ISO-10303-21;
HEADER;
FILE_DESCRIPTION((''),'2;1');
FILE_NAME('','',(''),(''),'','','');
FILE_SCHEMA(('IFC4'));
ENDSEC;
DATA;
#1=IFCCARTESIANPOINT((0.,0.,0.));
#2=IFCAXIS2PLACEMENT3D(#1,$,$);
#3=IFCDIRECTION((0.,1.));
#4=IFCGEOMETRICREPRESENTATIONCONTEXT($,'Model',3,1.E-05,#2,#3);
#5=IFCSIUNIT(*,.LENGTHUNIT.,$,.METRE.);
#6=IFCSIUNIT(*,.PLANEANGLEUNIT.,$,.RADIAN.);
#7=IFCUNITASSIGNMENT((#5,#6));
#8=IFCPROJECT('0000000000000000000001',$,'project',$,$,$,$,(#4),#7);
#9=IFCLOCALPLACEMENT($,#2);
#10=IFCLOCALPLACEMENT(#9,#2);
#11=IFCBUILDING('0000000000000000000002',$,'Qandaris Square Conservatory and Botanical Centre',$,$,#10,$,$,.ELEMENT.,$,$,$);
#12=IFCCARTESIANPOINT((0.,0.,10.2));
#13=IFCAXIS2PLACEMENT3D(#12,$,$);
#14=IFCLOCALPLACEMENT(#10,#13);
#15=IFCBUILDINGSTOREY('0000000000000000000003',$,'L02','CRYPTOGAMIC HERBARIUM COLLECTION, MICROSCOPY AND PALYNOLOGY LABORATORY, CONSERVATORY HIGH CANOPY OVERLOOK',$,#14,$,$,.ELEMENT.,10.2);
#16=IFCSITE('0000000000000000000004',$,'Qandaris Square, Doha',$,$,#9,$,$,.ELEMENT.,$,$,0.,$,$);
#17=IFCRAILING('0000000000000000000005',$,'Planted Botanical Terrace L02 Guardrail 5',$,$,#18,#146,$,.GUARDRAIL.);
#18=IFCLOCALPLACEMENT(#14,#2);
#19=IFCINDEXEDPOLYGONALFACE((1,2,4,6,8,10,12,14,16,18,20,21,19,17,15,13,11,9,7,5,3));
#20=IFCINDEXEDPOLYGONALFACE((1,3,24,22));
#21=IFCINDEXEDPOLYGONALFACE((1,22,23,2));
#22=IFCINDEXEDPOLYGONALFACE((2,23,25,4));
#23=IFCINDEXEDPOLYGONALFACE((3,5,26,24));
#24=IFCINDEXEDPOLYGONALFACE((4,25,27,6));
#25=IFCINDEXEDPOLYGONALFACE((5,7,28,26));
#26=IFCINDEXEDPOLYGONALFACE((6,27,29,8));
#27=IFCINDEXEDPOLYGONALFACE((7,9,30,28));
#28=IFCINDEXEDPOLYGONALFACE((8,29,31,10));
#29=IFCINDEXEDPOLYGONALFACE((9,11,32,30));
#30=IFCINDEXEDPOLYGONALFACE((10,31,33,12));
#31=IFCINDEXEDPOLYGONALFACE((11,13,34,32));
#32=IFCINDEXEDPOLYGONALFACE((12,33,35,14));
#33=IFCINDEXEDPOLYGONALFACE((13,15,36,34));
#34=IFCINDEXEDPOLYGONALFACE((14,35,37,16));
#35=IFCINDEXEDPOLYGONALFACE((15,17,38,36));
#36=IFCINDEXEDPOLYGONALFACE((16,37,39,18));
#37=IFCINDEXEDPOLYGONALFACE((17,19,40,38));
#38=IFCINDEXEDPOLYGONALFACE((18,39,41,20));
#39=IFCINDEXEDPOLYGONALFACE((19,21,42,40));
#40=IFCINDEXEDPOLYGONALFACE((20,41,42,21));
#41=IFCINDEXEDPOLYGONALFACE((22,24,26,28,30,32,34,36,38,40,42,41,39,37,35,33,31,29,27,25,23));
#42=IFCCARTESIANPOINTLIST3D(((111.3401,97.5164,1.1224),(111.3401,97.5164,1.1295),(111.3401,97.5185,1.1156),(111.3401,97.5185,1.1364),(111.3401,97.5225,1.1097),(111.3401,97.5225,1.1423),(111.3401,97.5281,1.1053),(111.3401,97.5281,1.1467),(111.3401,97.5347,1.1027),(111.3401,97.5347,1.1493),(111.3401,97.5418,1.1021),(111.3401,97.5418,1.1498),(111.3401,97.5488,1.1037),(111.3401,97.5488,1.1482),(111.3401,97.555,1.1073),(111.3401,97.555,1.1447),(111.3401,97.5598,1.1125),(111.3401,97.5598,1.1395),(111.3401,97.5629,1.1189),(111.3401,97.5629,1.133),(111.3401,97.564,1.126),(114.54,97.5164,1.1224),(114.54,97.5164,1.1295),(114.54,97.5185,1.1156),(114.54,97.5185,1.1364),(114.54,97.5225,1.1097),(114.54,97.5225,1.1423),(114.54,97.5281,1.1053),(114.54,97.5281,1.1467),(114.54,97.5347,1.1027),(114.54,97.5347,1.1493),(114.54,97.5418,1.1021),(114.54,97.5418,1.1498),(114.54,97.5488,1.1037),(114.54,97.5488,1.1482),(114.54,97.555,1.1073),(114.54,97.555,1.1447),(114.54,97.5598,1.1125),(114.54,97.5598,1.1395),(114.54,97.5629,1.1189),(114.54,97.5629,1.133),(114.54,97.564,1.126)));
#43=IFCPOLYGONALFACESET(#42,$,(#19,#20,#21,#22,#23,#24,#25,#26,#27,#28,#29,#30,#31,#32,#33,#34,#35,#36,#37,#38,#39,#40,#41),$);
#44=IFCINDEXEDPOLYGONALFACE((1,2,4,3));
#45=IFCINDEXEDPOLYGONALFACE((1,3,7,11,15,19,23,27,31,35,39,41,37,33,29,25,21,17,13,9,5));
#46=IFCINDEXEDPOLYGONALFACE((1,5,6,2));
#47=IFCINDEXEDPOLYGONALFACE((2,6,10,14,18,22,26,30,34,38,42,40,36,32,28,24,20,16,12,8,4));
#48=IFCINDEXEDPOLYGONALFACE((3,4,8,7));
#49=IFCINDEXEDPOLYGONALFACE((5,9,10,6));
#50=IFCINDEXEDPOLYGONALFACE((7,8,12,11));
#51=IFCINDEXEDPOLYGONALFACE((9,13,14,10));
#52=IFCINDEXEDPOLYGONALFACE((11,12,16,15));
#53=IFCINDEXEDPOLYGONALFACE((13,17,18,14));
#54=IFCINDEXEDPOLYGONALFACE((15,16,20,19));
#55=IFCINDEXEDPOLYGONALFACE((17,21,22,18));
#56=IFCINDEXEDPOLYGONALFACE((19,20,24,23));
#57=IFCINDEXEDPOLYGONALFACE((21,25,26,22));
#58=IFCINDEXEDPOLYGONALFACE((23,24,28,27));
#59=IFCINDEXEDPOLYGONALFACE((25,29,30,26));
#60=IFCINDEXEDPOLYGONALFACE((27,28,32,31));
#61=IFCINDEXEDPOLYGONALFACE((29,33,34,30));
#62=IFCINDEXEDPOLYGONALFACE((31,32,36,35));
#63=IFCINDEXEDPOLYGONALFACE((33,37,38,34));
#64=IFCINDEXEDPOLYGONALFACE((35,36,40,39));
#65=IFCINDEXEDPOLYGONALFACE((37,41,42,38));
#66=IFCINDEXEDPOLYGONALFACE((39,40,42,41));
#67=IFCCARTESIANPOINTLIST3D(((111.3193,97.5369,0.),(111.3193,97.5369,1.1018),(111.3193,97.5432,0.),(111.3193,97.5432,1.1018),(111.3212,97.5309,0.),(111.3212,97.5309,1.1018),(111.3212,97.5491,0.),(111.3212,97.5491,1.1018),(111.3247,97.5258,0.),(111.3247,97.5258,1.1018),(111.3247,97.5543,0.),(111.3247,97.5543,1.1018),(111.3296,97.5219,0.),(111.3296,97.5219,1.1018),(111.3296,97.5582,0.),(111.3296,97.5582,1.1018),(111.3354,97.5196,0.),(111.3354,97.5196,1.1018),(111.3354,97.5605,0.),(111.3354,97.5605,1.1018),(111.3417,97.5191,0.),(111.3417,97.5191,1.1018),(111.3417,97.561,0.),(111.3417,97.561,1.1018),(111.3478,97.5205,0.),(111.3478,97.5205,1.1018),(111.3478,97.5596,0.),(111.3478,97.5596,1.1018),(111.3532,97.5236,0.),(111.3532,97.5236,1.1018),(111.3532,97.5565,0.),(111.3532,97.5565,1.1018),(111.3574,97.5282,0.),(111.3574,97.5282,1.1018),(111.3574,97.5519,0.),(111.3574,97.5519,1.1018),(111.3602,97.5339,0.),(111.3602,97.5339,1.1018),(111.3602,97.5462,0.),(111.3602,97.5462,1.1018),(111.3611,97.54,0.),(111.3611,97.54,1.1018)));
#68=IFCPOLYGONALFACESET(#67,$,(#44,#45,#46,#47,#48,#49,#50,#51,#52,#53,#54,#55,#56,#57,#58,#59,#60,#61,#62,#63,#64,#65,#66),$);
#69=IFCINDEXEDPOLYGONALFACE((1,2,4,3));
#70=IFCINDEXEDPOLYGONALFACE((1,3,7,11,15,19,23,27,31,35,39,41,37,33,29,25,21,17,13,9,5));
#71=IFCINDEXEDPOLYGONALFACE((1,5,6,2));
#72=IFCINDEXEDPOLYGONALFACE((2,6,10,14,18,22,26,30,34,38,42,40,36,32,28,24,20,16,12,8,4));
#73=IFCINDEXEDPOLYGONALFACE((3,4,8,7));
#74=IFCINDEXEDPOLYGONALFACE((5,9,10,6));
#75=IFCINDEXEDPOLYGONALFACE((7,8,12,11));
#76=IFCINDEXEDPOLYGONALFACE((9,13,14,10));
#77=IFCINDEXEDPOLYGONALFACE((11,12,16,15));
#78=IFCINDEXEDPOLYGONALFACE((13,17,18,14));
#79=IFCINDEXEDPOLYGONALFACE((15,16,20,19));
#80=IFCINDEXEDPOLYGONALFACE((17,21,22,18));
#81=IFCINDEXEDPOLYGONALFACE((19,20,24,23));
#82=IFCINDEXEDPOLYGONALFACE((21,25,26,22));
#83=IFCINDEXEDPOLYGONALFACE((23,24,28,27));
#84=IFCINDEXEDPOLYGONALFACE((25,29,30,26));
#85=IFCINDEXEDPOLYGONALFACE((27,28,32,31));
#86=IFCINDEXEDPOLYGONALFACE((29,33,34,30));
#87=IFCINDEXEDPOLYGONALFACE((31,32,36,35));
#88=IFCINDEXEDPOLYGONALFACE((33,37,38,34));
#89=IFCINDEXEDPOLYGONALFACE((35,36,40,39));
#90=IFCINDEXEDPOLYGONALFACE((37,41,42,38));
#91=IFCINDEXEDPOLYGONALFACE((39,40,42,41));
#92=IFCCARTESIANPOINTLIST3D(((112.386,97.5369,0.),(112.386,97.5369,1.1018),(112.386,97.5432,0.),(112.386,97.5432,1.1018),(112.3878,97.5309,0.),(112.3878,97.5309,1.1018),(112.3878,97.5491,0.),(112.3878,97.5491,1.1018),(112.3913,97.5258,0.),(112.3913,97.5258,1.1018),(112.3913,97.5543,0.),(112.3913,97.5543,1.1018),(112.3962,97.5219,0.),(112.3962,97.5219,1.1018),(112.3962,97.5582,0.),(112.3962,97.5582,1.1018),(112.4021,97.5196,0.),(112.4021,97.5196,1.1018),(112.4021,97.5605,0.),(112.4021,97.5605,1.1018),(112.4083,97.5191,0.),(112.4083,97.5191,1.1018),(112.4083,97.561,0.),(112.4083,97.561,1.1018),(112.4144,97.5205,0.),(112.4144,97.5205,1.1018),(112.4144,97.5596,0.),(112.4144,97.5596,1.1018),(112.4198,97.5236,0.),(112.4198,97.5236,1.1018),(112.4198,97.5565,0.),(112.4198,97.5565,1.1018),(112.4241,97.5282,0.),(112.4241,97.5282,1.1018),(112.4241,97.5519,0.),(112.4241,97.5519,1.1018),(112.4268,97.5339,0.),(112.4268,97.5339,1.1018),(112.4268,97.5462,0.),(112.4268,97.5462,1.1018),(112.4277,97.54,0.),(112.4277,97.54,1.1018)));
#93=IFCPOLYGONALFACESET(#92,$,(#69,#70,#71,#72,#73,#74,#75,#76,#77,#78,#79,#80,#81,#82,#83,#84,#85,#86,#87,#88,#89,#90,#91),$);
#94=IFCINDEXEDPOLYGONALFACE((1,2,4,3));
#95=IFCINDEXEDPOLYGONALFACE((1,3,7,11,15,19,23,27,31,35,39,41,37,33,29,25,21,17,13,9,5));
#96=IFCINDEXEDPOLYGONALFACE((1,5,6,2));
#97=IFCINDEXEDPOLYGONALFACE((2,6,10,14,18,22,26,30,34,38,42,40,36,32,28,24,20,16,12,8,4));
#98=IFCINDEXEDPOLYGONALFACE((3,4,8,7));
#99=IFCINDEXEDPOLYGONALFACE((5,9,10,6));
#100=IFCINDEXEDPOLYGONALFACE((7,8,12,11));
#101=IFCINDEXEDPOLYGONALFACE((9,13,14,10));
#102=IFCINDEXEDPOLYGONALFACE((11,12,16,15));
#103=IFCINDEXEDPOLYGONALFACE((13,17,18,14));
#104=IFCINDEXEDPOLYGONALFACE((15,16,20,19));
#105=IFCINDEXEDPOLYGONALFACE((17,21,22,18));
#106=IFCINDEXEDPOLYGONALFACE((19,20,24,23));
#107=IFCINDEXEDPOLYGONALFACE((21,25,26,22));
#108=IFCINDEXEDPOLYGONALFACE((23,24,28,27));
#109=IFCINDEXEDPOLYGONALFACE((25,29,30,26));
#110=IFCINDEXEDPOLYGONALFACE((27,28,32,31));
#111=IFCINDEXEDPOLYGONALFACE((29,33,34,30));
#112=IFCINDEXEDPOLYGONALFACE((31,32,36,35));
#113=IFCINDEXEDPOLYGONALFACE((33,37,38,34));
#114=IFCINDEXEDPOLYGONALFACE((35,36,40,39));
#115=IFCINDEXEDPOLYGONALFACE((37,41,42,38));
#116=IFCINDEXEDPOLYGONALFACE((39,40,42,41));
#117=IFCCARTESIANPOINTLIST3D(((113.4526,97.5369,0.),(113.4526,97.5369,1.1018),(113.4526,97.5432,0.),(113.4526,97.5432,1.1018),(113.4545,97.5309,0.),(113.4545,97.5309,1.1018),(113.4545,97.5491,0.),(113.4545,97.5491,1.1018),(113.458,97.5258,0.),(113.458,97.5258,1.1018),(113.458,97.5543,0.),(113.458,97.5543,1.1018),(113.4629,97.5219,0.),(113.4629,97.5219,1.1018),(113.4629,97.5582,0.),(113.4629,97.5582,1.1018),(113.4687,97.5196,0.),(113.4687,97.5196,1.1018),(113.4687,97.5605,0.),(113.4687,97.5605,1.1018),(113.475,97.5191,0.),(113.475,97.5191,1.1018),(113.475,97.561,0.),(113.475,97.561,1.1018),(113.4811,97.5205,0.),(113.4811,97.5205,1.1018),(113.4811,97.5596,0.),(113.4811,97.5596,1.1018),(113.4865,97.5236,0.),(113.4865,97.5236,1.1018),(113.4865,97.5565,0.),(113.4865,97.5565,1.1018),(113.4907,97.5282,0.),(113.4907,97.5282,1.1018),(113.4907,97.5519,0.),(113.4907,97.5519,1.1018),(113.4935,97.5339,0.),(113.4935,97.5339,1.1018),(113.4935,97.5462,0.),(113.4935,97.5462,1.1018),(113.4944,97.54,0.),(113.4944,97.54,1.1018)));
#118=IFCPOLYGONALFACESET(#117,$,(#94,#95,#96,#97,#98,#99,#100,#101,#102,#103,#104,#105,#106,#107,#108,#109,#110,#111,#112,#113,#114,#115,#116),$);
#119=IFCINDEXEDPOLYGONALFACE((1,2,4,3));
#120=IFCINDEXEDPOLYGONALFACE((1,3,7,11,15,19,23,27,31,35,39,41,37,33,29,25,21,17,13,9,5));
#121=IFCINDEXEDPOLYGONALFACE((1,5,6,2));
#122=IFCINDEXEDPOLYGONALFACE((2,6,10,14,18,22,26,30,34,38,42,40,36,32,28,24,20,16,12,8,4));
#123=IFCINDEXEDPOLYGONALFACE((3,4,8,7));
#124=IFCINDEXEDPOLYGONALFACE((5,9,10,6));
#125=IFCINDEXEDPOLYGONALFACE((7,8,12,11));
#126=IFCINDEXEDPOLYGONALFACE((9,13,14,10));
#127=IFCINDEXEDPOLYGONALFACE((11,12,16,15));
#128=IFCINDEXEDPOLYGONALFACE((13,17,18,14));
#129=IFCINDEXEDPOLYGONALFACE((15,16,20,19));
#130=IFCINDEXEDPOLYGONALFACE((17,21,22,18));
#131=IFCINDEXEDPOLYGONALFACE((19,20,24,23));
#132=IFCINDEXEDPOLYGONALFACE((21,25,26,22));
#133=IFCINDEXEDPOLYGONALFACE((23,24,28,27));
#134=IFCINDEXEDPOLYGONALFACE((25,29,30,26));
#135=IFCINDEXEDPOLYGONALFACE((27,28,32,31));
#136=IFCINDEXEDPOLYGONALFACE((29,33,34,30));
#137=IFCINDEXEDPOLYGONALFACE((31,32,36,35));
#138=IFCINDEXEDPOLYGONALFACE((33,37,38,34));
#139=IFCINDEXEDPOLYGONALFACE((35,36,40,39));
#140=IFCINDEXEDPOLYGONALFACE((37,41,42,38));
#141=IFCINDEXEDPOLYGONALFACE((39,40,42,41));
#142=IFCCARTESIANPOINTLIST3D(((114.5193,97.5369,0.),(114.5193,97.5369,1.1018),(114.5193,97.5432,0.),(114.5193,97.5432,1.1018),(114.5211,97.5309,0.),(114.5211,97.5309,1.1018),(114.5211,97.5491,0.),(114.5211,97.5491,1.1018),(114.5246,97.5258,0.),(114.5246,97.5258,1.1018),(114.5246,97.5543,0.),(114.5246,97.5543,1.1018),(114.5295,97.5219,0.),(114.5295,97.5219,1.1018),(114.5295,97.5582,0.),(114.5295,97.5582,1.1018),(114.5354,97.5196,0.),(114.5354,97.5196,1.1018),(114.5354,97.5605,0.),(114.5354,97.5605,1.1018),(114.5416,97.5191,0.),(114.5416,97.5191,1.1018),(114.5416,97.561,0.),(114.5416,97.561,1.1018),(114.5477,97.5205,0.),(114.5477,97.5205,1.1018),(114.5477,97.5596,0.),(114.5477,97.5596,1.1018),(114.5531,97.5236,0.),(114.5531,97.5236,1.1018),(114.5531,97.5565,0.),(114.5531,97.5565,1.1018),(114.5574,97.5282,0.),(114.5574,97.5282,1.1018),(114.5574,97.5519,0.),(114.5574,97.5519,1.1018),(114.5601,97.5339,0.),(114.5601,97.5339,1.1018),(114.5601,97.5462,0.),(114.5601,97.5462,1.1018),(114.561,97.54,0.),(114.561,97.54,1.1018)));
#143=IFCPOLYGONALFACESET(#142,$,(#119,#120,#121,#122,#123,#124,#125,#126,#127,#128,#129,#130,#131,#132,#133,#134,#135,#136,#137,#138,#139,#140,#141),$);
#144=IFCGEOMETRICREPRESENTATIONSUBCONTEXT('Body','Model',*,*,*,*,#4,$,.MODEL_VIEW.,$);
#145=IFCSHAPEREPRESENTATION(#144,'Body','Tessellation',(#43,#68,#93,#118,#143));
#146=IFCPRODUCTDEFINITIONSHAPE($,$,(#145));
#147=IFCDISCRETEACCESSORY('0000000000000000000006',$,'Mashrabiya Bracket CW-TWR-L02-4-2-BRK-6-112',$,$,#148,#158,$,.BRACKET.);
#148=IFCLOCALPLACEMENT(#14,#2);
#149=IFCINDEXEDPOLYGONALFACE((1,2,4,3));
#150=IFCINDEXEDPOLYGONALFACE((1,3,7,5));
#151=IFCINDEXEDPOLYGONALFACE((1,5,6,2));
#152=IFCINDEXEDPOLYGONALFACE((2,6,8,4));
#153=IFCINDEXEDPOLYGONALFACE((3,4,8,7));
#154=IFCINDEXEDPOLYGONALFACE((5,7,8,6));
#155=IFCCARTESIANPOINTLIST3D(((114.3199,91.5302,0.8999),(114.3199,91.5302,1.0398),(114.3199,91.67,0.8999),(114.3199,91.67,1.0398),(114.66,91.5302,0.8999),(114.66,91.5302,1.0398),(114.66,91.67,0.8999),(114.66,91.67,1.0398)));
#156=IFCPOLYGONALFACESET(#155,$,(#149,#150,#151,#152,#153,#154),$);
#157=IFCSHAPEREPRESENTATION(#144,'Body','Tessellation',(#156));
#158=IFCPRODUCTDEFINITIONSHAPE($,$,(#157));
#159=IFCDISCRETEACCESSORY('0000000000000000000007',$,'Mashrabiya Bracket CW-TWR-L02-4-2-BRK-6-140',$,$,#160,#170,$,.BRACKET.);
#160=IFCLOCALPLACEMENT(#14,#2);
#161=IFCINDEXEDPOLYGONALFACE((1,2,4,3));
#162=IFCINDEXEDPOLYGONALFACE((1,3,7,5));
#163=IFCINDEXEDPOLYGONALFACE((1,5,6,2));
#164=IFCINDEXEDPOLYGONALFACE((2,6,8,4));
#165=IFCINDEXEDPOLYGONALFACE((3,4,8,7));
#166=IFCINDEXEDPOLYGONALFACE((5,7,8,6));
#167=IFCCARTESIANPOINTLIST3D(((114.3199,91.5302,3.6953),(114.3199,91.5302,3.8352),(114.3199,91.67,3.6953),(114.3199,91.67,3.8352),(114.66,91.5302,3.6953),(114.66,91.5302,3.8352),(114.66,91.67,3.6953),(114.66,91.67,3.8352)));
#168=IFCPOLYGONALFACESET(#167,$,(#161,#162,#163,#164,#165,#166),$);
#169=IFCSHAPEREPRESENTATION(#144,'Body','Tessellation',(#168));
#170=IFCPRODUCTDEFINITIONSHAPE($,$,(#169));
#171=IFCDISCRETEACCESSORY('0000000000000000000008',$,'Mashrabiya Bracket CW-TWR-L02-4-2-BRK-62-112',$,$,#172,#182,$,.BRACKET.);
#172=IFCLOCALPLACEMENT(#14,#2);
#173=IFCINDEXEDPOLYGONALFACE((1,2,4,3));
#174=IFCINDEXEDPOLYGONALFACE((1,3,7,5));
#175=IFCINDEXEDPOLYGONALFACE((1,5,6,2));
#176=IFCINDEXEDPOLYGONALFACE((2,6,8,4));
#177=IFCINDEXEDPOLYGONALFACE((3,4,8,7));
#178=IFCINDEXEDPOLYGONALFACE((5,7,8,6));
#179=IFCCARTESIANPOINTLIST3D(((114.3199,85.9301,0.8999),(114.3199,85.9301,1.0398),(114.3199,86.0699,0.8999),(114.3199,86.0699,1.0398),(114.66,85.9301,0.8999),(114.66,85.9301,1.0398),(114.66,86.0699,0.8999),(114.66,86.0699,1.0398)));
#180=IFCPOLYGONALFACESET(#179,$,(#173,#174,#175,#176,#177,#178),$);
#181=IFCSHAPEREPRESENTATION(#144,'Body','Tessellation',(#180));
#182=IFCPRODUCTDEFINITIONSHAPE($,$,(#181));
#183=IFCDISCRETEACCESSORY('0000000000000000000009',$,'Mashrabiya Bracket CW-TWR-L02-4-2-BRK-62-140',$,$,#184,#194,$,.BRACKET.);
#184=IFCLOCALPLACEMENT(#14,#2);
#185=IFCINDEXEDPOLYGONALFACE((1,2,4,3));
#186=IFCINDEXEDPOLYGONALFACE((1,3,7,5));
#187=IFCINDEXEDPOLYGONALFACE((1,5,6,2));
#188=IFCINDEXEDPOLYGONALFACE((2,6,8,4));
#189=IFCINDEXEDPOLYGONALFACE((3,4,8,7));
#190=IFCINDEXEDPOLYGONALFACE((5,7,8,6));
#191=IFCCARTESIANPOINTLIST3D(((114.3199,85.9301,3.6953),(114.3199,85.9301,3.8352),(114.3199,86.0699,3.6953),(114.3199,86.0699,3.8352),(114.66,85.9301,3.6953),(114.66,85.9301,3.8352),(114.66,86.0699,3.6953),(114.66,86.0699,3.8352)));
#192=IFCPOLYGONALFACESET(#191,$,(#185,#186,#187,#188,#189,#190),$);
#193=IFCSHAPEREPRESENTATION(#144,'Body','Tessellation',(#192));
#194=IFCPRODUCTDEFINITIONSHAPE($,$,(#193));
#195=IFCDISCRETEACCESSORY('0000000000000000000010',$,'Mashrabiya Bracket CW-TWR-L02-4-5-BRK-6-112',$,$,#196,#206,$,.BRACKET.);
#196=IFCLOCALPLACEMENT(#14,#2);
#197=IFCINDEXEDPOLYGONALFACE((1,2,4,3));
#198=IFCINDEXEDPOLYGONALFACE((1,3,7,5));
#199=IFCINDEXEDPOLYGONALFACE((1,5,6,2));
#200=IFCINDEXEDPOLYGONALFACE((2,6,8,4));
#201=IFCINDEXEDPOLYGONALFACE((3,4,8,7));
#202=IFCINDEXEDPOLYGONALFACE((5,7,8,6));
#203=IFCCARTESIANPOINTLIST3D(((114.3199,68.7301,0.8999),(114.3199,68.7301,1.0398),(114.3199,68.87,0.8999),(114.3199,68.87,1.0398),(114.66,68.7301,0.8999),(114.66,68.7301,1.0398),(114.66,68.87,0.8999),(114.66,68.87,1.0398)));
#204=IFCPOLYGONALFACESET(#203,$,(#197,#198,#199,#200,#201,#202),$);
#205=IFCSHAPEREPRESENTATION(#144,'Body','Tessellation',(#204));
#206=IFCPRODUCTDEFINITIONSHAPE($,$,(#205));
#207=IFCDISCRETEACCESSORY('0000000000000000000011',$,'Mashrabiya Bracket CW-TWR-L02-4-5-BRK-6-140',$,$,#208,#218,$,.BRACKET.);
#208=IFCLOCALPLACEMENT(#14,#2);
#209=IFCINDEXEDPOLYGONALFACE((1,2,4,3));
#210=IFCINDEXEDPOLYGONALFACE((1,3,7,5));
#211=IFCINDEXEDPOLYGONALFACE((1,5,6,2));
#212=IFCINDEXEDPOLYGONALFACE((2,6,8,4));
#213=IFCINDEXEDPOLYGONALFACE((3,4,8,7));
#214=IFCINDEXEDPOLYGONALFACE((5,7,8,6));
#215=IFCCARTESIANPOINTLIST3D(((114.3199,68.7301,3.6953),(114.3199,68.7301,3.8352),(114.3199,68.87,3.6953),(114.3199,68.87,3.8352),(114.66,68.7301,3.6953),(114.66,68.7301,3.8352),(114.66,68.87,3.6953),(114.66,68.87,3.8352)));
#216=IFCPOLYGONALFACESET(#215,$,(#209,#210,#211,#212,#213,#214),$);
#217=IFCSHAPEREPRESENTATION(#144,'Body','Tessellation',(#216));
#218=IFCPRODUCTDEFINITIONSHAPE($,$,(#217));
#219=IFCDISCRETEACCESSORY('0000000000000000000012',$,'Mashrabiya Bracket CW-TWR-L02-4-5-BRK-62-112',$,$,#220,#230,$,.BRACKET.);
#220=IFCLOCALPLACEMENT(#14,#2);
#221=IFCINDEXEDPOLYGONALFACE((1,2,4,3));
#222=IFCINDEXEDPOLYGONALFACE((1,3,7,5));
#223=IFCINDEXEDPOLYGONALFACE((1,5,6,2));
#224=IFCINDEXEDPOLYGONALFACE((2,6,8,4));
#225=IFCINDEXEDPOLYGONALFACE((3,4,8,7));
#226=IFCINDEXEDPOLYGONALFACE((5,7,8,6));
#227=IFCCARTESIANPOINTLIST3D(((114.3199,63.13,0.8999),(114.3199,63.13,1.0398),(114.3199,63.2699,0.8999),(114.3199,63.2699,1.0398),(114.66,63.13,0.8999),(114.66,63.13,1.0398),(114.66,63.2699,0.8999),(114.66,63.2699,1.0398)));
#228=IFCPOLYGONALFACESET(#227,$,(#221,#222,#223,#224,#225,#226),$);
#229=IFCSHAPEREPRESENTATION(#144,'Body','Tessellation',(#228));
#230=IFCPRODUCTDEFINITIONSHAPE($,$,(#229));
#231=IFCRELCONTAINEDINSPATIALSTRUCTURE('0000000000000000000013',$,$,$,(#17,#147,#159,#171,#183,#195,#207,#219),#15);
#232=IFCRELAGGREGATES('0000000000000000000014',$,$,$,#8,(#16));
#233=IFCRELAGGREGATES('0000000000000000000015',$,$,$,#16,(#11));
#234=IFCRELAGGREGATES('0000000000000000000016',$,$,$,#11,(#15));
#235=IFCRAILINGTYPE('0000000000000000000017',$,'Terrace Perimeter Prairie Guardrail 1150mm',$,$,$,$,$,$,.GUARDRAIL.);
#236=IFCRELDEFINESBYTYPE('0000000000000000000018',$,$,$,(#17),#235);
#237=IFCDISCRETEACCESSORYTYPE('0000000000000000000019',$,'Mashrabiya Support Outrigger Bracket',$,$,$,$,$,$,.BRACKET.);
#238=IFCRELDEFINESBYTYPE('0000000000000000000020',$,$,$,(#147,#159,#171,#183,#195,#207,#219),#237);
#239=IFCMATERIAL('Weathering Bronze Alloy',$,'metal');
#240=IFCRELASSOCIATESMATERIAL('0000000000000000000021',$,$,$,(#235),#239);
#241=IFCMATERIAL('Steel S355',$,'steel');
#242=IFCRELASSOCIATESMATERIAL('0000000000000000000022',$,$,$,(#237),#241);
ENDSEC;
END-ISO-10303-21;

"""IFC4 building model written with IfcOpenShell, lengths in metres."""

from ifc_helpers import new_model, si_unit, direction, frame, origin, origin_2d, place, context, subcontext, project, spatial, rectangle, circle, extrude, material, type_object, element, save


model = new_model("IFC4")

# Units and contexts
model_context = context("Model", 3, precision=1e-05, world=origin(), true_north=direction((0.0, 1.0)))
body_context = subcontext(model_context, "Body", "Model", "MODEL_VIEW")
ifc_project = project(units=[si_unit("LENGTHUNIT", "METRE"), si_unit("PLANEANGLEUNIT", "RADIAN")], contexts=[model_context])

# Site, building, storey
site_placement = place(None, origin())
site = spatial("IfcSite", under=ifc_project, at=site_placement, Name="Qandaris Square, Doha", CompositionType="ELEMENT", RefElevation=0.0)
building_placement = place(site_placement, origin())
building = spatial("IfcBuilding", under=site, at=building_placement, Name="Qandaris Square Conservatory and Botanical Centre", CompositionType="ELEMENT")
storey_placement = place(building_placement, frame((0.0, 0.0, 10.2)))
storey = spatial("IfcBuildingStorey", under=building, at=storey_placement, Name="L02", Description="CRYPTOGAMIC HERBARIUM COLLECTION, MICROSCOPY AND PALYNOLOGY LABORATORY, CONSERVATORY HIGH CANOPY OVERLOOK", CompositionType="ELEMENT", Elevation=10.2)

# Shared definitions
ifc_material_1 = material(Name="Weathering Bronze Alloy", Category="metal")

# Railing
railing_type = type_object("IfcRailingType", Name="Terrace Perimeter Prairie Guardrail 1150mm", PredefinedType="GUARDRAIL", material=ifc_material_1)
railing_1_placement = place(storey_placement, frame((111.3401, 97.54, 0.0)))
element("IfcRailing", 1, at=railing_1_placement, inside=storey, type_object=railing_type, Name="Planted Botanical Terrace L02 Guardrail 5", PredefinedType="GUARDRAIL", context=body_context, shape_type="SweptSolid", body=[
    extrude(circle(Radius=0.0239, at=origin_2d()), frame((0.0, 0.0, 1.126), z_axis=(1.0, 0.0, 0.0), x_axis=(0.0, 1.0, 0.0)), (0.0, 0.0, 1.0), 3.2),
    extrude(circle(Radius=0.021, at=origin_2d()), origin(), (0.0, 0.0, 1.0), 1.1018),
    extrude(circle(Radius=0.021, at=origin_2d()), frame((1.0667, 0.0, 0.0)), (0.0, 0.0, 1.0), 1.1018),
    extrude(circle(Radius=0.021, at=origin_2d()), frame((2.1333, 0.0, 0.0)), (0.0, 0.0, 1.0), 1.1018),
    extrude(circle(Radius=0.021, at=origin_2d()), frame((3.2, 0.0, 0.0)), (0.0, 0.0, 1.0), 1.1018),
])

# Discrete accessories
ifc_material_2 = material(Name="Steel S355", Category="steel")
discrete_accessory_type = type_object("IfcDiscreteAccessoryType", Name="Mashrabiya Support Outrigger Bracket", PredefinedType="BRACKET", material=ifc_material_2)
for number, where, z_axis, x_axis, name in (
    (2, (114.49, 91.6001, 0.8999), (0.0, 0.0, 1.0), (0.0, -1.0, 0.0), "Mashrabiya Bracket CW-TWR-L02-4-2-BRK-6-112"),
    (3, (114.49, 91.6001, 3.6953), (0.0, 0.0, 1.0), (0.0, -1.0, 0.0), "Mashrabiya Bracket CW-TWR-L02-4-2-BRK-6-140"),
    (4, (114.49, 86.0, 0.8999), (0.0, 0.0, 1.0), (0.0, -1.0, 0.0), "Mashrabiya Bracket CW-TWR-L02-4-2-BRK-62-112"),
    (5, (114.49, 86.0, 3.6953), (0.0, 0.0, 1.0), (0.0, -1.0, 0.0), "Mashrabiya Bracket CW-TWR-L02-4-2-BRK-62-140"),
    (6, (114.49, 68.8, 0.8999), (0.0, 0.0, 1.0), (0.0, -1.0, 0.0), "Mashrabiya Bracket CW-TWR-L02-4-5-BRK-6-112"),
    (7, (114.49, 68.8, 3.6953), (0.0, 0.0, 1.0), (0.0, -1.0, 0.0), "Mashrabiya Bracket CW-TWR-L02-4-5-BRK-6-140"),
    (8, (114.49, 63.2, 0.8999), (0.0, 0.0, 1.0), (0.0, -1.0, 0.0), "Mashrabiya Bracket CW-TWR-L02-4-5-BRK-62-112"),
):
    element("IfcDiscreteAccessory", number, at=place(storey_placement, frame(where, z_axis=z_axis, x_axis=x_axis)), inside=storey, type_object=discrete_accessory_type, Name=name, PredefinedType="BRACKET", context=body_context, shape_type="SweptSolid", body=[
        extrude(rectangle(XDim=0.1399, YDim=0.3401, at=origin_2d()), origin(), (0.0, 0.0, 1.0), 0.1399),
    ])

save(model, "model.ifc")
